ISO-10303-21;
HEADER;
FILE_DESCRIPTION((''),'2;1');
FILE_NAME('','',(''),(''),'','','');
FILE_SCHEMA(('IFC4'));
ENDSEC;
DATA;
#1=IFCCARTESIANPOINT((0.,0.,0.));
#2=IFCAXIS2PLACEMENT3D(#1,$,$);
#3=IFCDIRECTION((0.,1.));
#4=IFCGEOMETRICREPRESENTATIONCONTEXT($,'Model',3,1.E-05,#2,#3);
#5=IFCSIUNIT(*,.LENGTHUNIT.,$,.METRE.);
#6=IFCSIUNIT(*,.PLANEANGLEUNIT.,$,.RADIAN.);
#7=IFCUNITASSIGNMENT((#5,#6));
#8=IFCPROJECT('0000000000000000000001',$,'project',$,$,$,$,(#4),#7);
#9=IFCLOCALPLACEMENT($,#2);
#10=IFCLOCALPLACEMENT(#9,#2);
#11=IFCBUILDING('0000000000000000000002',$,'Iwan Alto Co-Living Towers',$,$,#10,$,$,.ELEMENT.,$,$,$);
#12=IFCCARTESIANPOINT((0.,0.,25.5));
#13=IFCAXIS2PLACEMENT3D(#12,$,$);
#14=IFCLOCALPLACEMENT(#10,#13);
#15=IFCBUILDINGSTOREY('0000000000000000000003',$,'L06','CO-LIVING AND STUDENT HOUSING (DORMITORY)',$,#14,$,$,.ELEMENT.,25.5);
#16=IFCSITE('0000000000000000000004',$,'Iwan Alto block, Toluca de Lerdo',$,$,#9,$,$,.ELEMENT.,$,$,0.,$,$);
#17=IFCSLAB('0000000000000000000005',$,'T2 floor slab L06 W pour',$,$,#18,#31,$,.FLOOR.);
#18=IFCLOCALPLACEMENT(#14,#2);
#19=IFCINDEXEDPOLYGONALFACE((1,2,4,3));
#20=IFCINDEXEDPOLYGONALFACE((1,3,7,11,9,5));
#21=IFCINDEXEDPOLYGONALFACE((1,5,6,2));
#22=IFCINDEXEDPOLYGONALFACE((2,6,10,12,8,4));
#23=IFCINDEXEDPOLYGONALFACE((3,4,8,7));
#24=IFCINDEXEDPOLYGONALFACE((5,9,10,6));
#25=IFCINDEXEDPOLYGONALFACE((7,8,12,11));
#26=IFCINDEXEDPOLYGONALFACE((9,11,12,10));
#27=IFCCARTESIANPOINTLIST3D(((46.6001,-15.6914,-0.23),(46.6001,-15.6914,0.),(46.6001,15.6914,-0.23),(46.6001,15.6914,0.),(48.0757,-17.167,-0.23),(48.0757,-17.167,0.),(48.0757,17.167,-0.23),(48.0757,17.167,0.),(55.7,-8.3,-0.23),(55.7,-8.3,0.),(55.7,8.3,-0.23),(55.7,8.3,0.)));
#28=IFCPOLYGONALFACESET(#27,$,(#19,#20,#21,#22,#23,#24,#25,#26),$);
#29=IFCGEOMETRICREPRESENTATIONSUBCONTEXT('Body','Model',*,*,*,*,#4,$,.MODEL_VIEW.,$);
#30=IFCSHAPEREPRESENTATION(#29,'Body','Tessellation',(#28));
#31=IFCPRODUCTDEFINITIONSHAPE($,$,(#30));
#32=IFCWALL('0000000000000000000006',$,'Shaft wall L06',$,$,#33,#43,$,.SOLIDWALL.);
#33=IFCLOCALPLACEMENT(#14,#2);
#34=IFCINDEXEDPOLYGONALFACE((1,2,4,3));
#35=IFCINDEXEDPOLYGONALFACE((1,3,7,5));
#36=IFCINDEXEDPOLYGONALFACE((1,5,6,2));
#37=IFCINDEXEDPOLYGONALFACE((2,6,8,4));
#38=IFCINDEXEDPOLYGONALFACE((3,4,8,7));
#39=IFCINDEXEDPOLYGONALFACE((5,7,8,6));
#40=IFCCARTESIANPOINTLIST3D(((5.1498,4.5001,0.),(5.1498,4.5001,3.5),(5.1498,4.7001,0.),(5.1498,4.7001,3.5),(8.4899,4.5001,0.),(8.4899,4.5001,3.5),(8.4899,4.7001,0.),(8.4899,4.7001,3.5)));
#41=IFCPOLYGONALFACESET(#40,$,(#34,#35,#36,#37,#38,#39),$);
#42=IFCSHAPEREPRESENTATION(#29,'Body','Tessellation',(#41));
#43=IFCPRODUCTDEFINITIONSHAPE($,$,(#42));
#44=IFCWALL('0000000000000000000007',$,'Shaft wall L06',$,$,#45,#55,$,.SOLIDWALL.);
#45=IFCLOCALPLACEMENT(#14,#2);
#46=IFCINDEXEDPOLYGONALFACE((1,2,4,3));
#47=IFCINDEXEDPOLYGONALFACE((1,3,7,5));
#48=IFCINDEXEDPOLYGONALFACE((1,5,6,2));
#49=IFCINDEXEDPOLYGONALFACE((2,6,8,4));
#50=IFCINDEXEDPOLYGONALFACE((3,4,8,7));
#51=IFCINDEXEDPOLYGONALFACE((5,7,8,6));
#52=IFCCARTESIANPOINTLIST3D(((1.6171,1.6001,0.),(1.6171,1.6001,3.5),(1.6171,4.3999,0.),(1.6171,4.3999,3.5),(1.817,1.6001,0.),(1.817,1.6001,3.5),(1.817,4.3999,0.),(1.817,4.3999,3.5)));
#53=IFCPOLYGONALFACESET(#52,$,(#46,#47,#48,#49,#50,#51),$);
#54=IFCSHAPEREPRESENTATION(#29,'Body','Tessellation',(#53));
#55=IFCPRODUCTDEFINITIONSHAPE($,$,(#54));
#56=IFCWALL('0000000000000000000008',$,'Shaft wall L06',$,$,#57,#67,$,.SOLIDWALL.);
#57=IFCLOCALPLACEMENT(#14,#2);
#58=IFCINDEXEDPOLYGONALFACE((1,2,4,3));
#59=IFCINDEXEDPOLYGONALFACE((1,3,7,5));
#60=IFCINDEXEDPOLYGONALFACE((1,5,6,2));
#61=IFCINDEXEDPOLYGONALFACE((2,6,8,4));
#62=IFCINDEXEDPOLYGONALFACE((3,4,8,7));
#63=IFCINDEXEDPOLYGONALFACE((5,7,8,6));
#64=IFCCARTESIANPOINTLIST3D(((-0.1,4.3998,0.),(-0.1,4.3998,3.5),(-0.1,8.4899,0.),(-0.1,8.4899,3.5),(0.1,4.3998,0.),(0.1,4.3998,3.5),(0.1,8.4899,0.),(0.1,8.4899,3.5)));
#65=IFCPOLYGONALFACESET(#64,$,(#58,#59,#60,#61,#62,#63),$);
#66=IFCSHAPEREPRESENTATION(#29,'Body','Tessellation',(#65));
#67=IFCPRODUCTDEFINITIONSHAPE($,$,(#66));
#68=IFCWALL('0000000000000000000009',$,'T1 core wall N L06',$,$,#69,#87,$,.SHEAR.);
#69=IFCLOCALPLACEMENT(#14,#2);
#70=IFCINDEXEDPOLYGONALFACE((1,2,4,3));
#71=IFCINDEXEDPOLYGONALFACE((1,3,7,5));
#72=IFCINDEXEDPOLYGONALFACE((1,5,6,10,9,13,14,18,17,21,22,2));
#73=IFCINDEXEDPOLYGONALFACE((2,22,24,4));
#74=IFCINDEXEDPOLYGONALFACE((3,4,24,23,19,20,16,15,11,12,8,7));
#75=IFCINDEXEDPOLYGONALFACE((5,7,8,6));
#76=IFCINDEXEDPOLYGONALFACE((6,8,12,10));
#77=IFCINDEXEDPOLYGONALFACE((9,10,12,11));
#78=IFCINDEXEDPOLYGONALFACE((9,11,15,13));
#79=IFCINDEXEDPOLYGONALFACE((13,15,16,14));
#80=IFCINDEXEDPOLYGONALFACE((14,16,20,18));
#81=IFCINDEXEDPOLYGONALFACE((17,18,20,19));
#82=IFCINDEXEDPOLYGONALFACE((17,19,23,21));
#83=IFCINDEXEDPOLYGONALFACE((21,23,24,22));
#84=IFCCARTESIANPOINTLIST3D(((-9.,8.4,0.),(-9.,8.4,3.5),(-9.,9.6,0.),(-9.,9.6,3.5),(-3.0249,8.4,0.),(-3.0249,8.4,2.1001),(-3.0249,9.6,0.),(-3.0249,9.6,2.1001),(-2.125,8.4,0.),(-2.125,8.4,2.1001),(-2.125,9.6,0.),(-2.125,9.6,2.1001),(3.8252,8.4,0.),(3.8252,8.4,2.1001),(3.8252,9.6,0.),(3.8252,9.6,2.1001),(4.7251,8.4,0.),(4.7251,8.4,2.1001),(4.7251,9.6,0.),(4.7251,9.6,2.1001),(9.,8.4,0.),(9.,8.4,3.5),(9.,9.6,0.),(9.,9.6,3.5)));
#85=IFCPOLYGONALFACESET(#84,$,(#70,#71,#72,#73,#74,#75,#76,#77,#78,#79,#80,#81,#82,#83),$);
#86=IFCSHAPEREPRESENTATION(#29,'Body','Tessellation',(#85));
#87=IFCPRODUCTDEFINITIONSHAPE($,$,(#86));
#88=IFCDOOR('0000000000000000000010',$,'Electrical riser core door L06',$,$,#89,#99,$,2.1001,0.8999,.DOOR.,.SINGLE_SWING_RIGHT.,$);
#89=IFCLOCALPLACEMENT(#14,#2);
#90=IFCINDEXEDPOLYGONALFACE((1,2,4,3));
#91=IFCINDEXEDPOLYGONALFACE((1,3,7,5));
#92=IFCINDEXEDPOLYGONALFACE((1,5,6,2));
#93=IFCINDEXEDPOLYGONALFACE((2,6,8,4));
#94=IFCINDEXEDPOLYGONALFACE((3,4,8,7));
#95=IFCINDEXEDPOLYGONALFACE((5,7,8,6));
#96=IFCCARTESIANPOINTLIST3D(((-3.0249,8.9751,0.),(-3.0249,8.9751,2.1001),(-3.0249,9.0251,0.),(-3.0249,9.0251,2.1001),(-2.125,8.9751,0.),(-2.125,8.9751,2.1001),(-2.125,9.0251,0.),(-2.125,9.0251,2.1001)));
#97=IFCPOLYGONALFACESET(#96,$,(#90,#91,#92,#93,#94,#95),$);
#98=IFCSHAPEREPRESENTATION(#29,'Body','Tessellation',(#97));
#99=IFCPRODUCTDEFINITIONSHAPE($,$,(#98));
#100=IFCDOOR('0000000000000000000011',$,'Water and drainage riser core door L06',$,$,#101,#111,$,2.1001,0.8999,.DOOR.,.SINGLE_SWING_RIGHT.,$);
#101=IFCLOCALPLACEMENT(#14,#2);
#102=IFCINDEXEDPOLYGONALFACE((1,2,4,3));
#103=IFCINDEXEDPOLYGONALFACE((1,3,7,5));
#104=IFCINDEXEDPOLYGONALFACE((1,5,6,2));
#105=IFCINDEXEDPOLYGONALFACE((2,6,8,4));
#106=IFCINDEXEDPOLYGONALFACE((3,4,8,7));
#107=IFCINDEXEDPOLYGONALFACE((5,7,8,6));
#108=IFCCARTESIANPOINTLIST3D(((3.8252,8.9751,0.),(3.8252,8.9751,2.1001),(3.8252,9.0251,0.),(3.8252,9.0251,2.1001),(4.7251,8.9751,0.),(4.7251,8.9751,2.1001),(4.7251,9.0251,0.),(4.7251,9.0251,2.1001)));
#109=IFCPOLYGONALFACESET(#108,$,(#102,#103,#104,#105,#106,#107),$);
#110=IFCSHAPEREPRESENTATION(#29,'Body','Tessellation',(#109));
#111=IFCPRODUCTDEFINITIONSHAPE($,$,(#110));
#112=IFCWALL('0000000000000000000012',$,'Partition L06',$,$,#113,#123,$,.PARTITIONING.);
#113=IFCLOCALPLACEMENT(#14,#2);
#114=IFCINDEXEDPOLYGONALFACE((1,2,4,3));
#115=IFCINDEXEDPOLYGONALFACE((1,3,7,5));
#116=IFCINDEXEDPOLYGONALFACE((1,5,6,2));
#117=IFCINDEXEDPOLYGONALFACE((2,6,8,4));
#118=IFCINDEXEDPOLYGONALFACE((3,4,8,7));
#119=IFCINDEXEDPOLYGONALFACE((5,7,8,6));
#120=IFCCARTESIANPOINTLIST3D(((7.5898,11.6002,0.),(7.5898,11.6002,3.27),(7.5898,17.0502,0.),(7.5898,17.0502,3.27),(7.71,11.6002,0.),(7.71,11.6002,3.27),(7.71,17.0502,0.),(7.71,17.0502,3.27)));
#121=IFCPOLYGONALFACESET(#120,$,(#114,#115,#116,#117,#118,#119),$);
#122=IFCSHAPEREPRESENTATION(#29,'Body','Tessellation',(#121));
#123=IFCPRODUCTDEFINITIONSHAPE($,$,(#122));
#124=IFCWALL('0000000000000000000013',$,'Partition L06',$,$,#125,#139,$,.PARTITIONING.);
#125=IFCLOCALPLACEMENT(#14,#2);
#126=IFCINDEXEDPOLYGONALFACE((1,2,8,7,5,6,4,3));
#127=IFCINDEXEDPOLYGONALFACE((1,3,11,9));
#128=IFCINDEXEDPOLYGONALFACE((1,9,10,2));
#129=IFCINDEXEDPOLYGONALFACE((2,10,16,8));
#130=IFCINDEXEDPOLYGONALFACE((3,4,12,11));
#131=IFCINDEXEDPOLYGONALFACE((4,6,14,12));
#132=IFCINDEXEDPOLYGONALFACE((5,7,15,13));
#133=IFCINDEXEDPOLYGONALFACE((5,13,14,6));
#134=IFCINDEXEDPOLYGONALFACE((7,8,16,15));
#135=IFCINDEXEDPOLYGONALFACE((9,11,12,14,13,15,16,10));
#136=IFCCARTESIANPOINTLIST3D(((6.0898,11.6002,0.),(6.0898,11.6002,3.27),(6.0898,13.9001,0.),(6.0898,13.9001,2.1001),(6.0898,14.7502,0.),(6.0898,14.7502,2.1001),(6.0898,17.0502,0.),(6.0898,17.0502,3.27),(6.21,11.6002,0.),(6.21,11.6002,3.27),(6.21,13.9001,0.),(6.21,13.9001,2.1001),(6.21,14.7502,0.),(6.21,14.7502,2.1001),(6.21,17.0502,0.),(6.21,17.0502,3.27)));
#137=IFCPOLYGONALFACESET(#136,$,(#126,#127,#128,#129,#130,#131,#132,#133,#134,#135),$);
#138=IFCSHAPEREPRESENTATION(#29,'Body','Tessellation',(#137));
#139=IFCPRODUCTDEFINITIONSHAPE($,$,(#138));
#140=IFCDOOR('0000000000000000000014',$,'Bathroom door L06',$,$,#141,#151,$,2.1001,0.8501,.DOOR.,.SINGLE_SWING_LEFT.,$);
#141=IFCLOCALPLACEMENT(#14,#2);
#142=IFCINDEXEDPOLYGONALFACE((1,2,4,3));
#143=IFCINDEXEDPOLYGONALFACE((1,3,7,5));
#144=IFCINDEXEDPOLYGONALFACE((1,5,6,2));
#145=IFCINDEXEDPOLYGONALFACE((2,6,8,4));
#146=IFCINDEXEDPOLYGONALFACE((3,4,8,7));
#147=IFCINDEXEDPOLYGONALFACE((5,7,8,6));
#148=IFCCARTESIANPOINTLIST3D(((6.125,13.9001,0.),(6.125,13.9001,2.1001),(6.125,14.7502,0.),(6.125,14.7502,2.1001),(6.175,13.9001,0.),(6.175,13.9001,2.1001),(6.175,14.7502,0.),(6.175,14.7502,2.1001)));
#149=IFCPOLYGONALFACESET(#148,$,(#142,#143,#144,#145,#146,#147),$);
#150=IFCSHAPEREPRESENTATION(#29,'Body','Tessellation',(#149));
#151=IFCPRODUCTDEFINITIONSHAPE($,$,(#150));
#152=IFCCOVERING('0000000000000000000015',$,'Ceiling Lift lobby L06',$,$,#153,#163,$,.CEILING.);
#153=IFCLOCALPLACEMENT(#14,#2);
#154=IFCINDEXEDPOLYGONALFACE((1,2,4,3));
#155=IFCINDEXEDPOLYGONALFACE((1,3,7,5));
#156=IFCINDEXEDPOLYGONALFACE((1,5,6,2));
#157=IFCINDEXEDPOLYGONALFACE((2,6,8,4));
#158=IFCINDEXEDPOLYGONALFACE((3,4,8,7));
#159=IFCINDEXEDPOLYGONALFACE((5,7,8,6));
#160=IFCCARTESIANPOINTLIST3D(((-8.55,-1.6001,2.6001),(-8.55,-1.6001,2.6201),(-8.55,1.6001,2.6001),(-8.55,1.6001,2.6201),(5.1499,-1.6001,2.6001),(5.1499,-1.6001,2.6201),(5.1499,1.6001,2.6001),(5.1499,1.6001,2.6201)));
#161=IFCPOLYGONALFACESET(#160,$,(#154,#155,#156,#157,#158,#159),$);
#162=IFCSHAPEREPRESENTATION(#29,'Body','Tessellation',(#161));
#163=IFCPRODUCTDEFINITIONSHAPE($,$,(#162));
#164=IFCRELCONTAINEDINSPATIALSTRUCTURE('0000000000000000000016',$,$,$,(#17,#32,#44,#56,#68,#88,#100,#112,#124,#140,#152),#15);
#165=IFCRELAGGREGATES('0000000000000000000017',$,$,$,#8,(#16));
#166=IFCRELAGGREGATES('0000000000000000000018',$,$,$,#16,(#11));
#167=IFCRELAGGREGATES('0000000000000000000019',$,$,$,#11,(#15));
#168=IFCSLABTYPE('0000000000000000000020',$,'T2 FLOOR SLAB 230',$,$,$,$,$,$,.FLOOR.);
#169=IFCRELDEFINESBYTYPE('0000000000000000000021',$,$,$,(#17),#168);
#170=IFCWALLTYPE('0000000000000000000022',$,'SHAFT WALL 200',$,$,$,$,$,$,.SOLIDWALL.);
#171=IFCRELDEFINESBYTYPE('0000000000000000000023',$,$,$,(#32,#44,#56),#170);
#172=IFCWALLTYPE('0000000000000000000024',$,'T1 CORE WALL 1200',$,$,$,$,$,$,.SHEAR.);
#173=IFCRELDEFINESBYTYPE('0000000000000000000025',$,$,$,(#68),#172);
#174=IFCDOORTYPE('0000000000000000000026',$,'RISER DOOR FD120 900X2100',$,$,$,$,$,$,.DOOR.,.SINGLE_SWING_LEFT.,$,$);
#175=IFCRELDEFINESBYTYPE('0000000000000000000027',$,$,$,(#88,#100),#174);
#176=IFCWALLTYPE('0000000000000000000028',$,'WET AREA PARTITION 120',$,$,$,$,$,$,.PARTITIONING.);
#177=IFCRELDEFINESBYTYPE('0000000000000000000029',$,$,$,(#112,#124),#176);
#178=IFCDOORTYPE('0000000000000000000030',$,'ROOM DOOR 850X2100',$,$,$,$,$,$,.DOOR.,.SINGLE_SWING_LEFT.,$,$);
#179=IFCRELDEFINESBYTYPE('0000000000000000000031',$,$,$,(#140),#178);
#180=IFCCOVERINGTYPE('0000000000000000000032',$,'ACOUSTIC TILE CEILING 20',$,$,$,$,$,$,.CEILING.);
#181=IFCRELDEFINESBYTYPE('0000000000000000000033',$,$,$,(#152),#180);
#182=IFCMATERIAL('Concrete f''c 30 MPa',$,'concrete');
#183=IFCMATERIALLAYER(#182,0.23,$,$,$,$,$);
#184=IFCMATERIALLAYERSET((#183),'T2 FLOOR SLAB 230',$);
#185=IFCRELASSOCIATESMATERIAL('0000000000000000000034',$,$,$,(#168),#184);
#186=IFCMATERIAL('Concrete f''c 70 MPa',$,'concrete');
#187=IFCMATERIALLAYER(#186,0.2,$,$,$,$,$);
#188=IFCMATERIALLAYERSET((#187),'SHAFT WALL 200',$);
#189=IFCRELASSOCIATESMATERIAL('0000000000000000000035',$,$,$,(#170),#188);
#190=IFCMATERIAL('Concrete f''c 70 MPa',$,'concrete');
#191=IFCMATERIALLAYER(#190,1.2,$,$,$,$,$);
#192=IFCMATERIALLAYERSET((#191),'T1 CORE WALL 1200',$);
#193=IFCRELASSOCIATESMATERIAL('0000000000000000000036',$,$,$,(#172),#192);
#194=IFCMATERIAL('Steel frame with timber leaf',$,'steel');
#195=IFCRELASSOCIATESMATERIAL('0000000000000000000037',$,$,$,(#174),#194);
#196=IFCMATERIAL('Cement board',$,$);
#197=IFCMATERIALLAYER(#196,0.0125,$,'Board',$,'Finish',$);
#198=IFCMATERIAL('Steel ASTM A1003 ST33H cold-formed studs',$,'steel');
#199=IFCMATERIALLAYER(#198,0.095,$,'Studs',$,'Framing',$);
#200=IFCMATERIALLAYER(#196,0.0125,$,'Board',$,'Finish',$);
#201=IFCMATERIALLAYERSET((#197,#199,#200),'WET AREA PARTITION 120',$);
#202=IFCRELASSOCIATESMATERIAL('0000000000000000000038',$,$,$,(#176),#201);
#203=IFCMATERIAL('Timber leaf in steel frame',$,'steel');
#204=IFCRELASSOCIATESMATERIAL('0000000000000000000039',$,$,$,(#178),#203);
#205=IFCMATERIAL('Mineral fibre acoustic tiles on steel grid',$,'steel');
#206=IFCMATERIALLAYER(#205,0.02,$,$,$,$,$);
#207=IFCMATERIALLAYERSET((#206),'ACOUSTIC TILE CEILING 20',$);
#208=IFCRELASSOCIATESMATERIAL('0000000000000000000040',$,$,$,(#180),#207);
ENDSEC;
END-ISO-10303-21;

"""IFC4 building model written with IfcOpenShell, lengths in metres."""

from ifc_helpers import new_model, si_unit, direction, frame, frame_2d, origin, place, context, subcontext, project, spatial, polyline, rectangle, outline, extrude, material, layer, layer_set, type_object, element, fill, save


model = new_model("IFC4")

# Units and contexts
model_context = context("Model", 3, precision=1e-05, world=origin(), true_north=direction((0.0, 1.0)))
body_context = subcontext(model_context, "Body", "Model", "MODEL_VIEW")
ifc_project = project(units=[si_unit("LENGTHUNIT", "METRE"), si_unit("PLANEANGLEUNIT", "RADIAN")], contexts=[model_context])

# Site, building, storey
site_placement = place(None, origin())
site = spatial("IfcSite", under=ifc_project, at=site_placement, Name="Iwan Alto block, Toluca de Lerdo", CompositionType="ELEMENT", RefElevation=0.0)
building_placement = place(site_placement, origin())
building = spatial("IfcBuilding", under=site, at=building_placement, Name="Iwan Alto Co-Living Towers", CompositionType="ELEMENT")
storey_placement = place(building_placement, frame((0.0, 0.0, 25.5)))
storey = spatial("IfcBuildingStorey", under=building, at=storey_placement, Name="L06", Description="CO-LIVING AND STUDENT HOUSING (DORMITORY)", CompositionType="ELEMENT", Elevation=25.5)

# Slab
ifc_material_1 = material(Name="Concrete f'c 30 MPa", Category="concrete")
ifc_layer_1 = layer(ifc_material_1, 0.23)
ifc_layer_set_1 = layer_set([ifc_layer_1], Name="T2 FLOOR SLAB 230")
slab_type_1 = type_object("IfcSlabType", Name="T2 FLOOR SLAB 230", PredefinedType="FLOOR", material=ifc_layer_set_1)
slab_1_placement = place(storey_placement, frame((0.0, 0.0, -0.23)))
element("IfcSlab", 1, at=slab_1_placement, inside=storey, type_object=slab_type_1, Name="T2 floor slab L06 W pour", PredefinedType="FLOOR", context=body_context, shape_type="SweptSolid", body=[
    extrude(outline(polyline([(46.6001, 15.6914), (48.0757, 17.167), (55.7, 8.3), (55.7, -8.3), (48.0757, -17.167), (46.6001, -15.6914), (46.6001, 15.6914)])), origin(), (0.0, 0.0, 1.0), 0.23),
])

# Walls
ifc_material_2 = material(Name="Concrete f'c 70 MPa", Category="concrete")
ifc_layer_2 = layer(ifc_material_2, 0.2)
ifc_layer_set_2 = layer_set([ifc_layer_2], Name="SHAFT WALL 200")
wall_type_1 = type_object("IfcWallType", Name="SHAFT WALL 200", PredefinedType="SOLIDWALL", material=ifc_layer_set_2)
wall_1_placement = place(storey_placement, frame((5.1499, 4.6001, 0.0), z_axis=(0.0, 0.0, 1.0), x_axis=(1.0, 0.0, 0.0)))
element("IfcWall", 2, at=wall_1_placement, inside=storey, type_object=wall_type_1, Name="Shaft wall L06", PredefinedType="SOLIDWALL", context=body_context, shape_type="SweptSolid", body=[
    extrude(rectangle(XDim=3.3401, YDim=0.2, at=frame_2d((1.6699, 0.0))), origin(), (0.0, 0.0, 1.0), 3.5),
])
wall_2_placement = place(storey_placement, frame((1.717, 1.6001, 0.0), z_axis=(0.0, 0.0, 1.0), x_axis=(0.0, 1.0, 0.0)))
element("IfcWall", 3, at=wall_2_placement, inside=storey, type_object=wall_type_1, Name="Shaft wall L06", PredefinedType="SOLIDWALL", context=body_context, shape_type="SweptSolid", body=[
    extrude(rectangle(XDim=2.7998, YDim=0.2, at=frame_2d((1.3999, 0.0))), origin(), (0.0, 0.0, 1.0), 3.5),
])
wall_3_placement = place(storey_placement, frame((0.0, 4.3999, 0.0), z_axis=(0.0, 0.0, 1.0), x_axis=(0.0, 1.0, 0.0)))
element("IfcWall", 4, at=wall_3_placement, inside=storey, type_object=wall_type_1, Name="Shaft wall L06", PredefinedType="SOLIDWALL", context=body_context, shape_type="SweptSolid", body=[
    extrude(rectangle(XDim=4.0901, YDim=0.2, at=frame_2d((2.0449, 0.0))), origin(), (0.0, 0.0, 1.0), 3.5),
])

# Wall, openings, doors
ifc_material_3 = material(Name="Concrete f'c 70 MPa", Category="concrete")
ifc_layer_3 = layer(ifc_material_3, 1.2)
ifc_layer_set_3 = layer_set([ifc_layer_3], Name="T1 CORE WALL 1200")
wall_type_2 = type_object("IfcWallType", Name="T1 CORE WALL 1200", PredefinedType="SHEAR", material=ifc_layer_set_3)
wall_4_placement = place(storey_placement, frame((9.0, 9.0, 0.0), z_axis=(0.0, 0.0, 1.0), x_axis=(-1.0, 0.0, 0.0)))
wall_4 = element("IfcWall", 5, at=wall_4_placement, inside=storey, type_object=wall_type_2, Name="T1 core wall N L06", PredefinedType="SHEAR", context=body_context, shape_type="SweptSolid", body=[
    extrude(rectangle(XDim=18.0, YDim=1.2, at=frame_2d((9.0, 0.0))), origin(), (0.0, 0.0, 1.0), 3.5),
])
opening_1_placement = place(wall_4_placement, frame((11.125, 0.0, 0.0)))
opening_1 = element("IfcOpeningElement", 6, at=opening_1_placement, cuts=wall_4, PredefinedType="OPENING", context=body_context, shape_type="SweptSolid", body=[
    extrude(rectangle(XDim=0.8999, YDim=2.1001, at=frame_2d((0.45, 1.05))), frame((0.0, 0.6099, 0.0), z_axis=(0.0, -1.0, 0.0), x_axis=(1.0, 0.0, 0.0)), (0.0, 0.0, 1.0), 1.22),
])
opening_2_placement = place(wall_4_placement, frame((4.2749, 0.0, 0.0)))
opening_2 = element("IfcOpeningElement", 7, at=opening_2_placement, cuts=wall_4, PredefinedType="OPENING", context=body_context, shape_type="SweptSolid", body=[
    extrude(rectangle(XDim=0.8999, YDim=2.1001, at=frame_2d((0.45, 1.05))), frame((0.0, 0.6099, 0.0), z_axis=(0.0, -1.0, 0.0), x_axis=(1.0, 0.0, 0.0)), (0.0, 0.0, 1.0), 1.22),
])
ifc_material_4 = material(Name="Steel frame with timber leaf", Category="steel")
door_type_1 = type_object("IfcDoorType", Name="RISER DOOR FD120 900X2100", OperationType="SINGLE_SWING_LEFT", PredefinedType="DOOR", material=ifc_material_4)
door_1_placement = place(opening_1_placement, origin())
door_1 = element("IfcDoor", 8, at=door_1_placement, inside=storey, type_object=door_type_1, Name="Electrical riser core door L06", OperationType="SINGLE_SWING_RIGHT", OverallHeight=2.1001, OverallWidth=0.8999, PredefinedType="DOOR", context=body_context, shape_type="SweptSolid", body=[
    extrude(rectangle(XDim=0.8999, YDim=2.1001, at=frame_2d((0.45, 1.05))), frame((0.0, 0.0249, 0.0), z_axis=(0.0, -1.0, 0.0), x_axis=(1.0, 0.0, 0.0)), (0.0, 0.0, 1.0), 0.05),
])
fill(opening_1, door_1)
door_2_placement = place(opening_2_placement, origin())
door_2 = element("IfcDoor", 9, at=door_2_placement, inside=storey, type_object=door_type_1, Name="Water and drainage riser core door L06", OperationType="SINGLE_SWING_RIGHT", OverallHeight=2.1001, OverallWidth=0.8999, PredefinedType="DOOR", context=body_context, shape_type="SweptSolid", body=[
    extrude(rectangle(XDim=0.8999, YDim=2.1001, at=frame_2d((0.45, 1.05))), frame((0.0, 0.0249, 0.0), z_axis=(0.0, -1.0, 0.0), x_axis=(1.0, 0.0, 0.0)), (0.0, 0.0, 1.0), 0.05),
])
fill(opening_2, door_2)

# Wall
ifc_material_5 = material(Name="Cement board")
ifc_layer_4 = layer(ifc_material_5, 0.0125, Name="Board", Category="Finish")
ifc_material_6 = material(Name="Steel ASTM A1003 ST33H cold-formed studs", Category="steel")
ifc_layer_5 = layer(ifc_material_6, 0.095, Name="Studs", Category="Framing")
ifc_layer_6 = layer(ifc_material_5, 0.0125, Name="Board", Category="Finish")
ifc_layer_set_4 = layer_set([ifc_layer_4, ifc_layer_5, ifc_layer_6], Name="WET AREA PARTITION 120")
wall_type_3 = type_object("IfcWallType", Name="WET AREA PARTITION 120", PredefinedType="PARTITIONING", material=ifc_layer_set_4)
wall_5_placement = place(storey_placement, frame((7.6499, 11.6001, 0.0), z_axis=(0.0, 0.0, 1.0), x_axis=(0.0, 1.0, 0.0)))
element("IfcWall", 10, at=wall_5_placement, inside=storey, type_object=wall_type_3, Name="Partition L06", PredefinedType="PARTITIONING", context=body_context, shape_type="SweptSolid", body=[
    extrude(rectangle(XDim=5.45, YDim=0.1201, at=frame_2d((2.7251, 0.0))), origin(), (0.0, 0.0, 1.0), 3.27),
])

# Wall, opening, door
wall_6_placement = place(storey_placement, frame((6.1499, 11.6001, 0.0), z_axis=(0.0, 0.0, 1.0), x_axis=(0.0, 1.0, 0.0)))
wall_6 = element("IfcWall", 11, at=wall_6_placement, inside=storey, type_object=wall_type_3, Name="Partition L06", PredefinedType="PARTITIONING", context=body_context, shape_type="SweptSolid", body=[
    extrude(rectangle(XDim=5.45, YDim=0.1201, at=frame_2d((2.7251, 0.0))), origin(), (0.0, 0.0, 1.0), 3.27),
])
opening_3_placement = place(wall_6_placement, frame((2.3, 0.0, 0.0)))
opening_3 = element("IfcOpeningElement", 12, at=opening_3_placement, cuts=wall_6, PredefinedType="OPENING", context=body_context, shape_type="SweptSolid", body=[
    extrude(rectangle(XDim=0.8501, YDim=2.1001, at=frame_2d((0.425, 1.05))), frame((0.0, 0.0701, 0.0), z_axis=(0.0, -1.0, 0.0), x_axis=(1.0, 0.0, 0.0)), (0.0, 0.0, 1.0), 0.1401),
])
ifc_material_7 = material(Name="Timber leaf in steel frame", Category="steel")
door_type_2 = type_object("IfcDoorType", Name="ROOM DOOR 850X2100", OperationType="SINGLE_SWING_LEFT", PredefinedType="DOOR", material=ifc_material_7)
door_3_placement = place(opening_3_placement, origin())
door_3 = element("IfcDoor", 13, at=door_3_placement, inside=storey, type_object=door_type_2, Name="Bathroom door L06", OperationType="SINGLE_SWING_LEFT", OverallHeight=2.1001, OverallWidth=0.8501, PredefinedType="DOOR", context=body_context, shape_type="SweptSolid", body=[
    extrude(rectangle(XDim=0.8501, YDim=2.1001, at=frame_2d((0.425, 1.05))), frame((0.0, 0.0249, 0.0), z_axis=(0.0, -1.0, 0.0), x_axis=(1.0, 0.0, 0.0)), (0.0, 0.0, 1.0), 0.05),
])
fill(opening_3, door_3)

# Covering
ifc_material_8 = material(Name="Mineral fibre acoustic tiles on steel grid", Category="steel")
ifc_layer_7 = layer(ifc_material_8, 0.02)
ifc_layer_set_5 = layer_set([ifc_layer_7], Name="ACOUSTIC TILE CEILING 20")
covering_type_1 = type_object("IfcCoveringType", Name="ACOUSTIC TILE CEILING 20", PredefinedType="CEILING", material=ifc_layer_set_5)
covering_1_placement = place(storey_placement, frame((0.0, 0.0, 2.6001)))
element("IfcCovering", 14, at=covering_1_placement, inside=storey, type_object=covering_type_1, Name="Ceiling Lift lobby L06", PredefinedType="CEILING", context=body_context, shape_type="SweptSolid", body=[
    extrude(outline(polyline([(-8.55, -1.6001), (-8.55, 1.6001), (5.1499, 1.6001), (5.1499, -1.6001), (-8.55, -1.6001)])), origin(), (0.0, 0.0, 1.0), 0.02),
])

save(model, "model.ifc")
